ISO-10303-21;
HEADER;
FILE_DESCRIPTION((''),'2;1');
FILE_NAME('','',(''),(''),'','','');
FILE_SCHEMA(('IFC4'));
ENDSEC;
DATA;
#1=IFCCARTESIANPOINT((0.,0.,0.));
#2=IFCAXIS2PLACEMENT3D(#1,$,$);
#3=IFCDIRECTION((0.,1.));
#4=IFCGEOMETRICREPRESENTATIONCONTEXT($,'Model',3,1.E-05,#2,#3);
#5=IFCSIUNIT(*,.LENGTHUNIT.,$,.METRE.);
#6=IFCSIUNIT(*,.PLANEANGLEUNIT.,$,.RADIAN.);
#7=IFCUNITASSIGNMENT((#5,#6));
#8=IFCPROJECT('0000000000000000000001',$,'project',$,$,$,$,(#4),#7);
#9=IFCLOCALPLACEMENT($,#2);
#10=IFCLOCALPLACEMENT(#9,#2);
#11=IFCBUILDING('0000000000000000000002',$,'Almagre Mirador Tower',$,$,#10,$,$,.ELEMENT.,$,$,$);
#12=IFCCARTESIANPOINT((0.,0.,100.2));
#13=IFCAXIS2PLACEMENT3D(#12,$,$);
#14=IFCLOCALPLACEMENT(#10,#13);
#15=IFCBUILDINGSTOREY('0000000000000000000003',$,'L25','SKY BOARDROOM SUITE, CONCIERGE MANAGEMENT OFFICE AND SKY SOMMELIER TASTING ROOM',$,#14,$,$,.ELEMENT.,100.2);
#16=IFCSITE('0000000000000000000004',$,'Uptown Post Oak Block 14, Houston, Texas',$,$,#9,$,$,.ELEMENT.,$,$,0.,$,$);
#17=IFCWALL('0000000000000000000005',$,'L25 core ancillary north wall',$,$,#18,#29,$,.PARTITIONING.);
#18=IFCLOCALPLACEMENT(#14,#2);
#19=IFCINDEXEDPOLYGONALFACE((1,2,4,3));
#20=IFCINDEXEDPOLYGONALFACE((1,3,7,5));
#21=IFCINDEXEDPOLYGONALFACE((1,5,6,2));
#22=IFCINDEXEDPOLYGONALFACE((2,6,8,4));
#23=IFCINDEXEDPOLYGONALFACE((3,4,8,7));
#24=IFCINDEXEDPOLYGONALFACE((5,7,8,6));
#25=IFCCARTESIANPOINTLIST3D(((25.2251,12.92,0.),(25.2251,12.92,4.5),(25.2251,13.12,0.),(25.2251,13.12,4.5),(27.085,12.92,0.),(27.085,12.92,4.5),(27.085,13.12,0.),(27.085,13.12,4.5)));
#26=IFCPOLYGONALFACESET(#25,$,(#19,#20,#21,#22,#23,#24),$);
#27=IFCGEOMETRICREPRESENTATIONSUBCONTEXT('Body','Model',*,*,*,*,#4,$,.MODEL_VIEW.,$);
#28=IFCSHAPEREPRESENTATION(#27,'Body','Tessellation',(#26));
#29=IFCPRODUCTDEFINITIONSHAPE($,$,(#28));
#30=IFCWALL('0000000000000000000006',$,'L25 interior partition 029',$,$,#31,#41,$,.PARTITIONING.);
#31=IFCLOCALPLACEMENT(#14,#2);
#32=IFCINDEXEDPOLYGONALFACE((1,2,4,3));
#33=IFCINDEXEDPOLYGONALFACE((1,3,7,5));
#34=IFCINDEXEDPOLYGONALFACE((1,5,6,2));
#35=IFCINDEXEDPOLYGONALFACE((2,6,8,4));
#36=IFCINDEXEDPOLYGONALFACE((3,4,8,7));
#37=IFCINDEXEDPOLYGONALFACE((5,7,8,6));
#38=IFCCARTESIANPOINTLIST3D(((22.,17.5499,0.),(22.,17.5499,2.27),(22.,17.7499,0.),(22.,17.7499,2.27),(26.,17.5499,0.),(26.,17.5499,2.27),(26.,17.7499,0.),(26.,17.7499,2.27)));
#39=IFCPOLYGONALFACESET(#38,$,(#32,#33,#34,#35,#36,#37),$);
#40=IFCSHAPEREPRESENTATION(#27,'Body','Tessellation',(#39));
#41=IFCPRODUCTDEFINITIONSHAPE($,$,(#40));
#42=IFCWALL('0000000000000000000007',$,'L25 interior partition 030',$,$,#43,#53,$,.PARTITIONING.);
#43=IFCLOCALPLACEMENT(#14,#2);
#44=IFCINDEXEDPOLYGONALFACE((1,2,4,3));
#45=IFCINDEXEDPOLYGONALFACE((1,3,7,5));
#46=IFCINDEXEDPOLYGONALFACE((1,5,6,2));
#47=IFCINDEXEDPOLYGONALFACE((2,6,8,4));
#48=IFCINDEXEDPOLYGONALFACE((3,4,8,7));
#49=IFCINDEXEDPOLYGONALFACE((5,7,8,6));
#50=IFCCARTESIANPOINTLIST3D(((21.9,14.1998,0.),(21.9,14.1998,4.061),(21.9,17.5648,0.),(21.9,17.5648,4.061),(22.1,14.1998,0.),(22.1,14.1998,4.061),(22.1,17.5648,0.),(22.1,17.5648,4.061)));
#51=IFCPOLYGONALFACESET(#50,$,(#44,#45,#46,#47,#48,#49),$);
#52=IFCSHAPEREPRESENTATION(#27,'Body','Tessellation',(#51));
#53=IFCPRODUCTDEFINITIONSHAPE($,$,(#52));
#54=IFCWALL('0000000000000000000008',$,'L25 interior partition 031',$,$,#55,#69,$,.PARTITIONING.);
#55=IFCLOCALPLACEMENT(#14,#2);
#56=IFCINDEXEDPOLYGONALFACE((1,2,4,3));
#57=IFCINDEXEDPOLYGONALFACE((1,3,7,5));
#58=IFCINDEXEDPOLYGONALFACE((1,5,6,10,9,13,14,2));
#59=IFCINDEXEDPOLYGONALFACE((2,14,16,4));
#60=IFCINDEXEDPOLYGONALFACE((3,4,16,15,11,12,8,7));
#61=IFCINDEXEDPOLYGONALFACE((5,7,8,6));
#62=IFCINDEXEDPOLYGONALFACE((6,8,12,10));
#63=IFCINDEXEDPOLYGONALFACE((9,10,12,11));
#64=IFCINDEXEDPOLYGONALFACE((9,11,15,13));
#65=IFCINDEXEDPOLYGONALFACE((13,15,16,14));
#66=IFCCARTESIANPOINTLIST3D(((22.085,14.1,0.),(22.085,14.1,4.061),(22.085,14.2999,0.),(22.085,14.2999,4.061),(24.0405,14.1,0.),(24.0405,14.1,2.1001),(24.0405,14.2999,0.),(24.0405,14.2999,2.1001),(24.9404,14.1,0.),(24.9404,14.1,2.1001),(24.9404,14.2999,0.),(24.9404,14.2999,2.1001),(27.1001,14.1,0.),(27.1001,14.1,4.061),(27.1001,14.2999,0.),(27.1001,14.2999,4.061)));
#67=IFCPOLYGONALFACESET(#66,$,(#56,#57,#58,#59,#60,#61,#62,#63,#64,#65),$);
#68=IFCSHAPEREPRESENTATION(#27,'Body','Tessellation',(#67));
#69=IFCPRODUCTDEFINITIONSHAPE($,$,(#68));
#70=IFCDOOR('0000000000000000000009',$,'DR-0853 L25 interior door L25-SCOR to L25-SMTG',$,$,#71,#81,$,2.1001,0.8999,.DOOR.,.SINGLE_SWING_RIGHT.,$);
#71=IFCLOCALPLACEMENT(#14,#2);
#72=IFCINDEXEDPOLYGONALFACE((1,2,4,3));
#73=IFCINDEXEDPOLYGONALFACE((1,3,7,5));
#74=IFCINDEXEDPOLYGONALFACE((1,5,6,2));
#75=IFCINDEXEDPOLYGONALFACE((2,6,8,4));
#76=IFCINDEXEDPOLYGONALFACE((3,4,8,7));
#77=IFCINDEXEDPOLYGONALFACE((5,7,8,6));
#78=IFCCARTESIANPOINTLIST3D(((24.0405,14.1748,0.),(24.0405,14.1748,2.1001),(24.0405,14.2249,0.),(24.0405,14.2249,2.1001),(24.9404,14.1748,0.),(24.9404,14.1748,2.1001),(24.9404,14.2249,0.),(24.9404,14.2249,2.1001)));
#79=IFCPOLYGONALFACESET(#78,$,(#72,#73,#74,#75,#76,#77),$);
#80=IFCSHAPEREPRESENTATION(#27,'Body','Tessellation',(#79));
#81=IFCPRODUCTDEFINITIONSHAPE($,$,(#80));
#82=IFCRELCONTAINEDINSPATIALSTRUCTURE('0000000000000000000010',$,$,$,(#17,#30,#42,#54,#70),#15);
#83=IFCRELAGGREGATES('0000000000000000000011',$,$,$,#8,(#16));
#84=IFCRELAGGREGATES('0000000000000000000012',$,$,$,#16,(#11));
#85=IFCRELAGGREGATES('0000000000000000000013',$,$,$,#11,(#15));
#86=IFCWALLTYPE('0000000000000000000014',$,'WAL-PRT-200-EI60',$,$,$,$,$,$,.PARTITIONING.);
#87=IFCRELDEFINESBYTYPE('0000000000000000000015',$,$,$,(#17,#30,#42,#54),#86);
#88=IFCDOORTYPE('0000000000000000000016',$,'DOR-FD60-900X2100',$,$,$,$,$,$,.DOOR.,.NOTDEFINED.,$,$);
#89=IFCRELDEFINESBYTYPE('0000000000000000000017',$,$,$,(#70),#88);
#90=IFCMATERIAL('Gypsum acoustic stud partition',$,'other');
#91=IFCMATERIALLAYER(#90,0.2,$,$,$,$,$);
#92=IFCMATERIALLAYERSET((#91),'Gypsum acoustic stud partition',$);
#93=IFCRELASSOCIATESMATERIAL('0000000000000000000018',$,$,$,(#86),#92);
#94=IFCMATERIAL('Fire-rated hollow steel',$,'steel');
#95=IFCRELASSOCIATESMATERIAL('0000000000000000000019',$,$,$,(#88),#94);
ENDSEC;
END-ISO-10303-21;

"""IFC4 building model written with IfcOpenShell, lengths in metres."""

from ifc_helpers import new_model, si_unit, direction, frame, frame_2d, origin, place, context, subcontext, project, spatial, rectangle, extrude, material, layer, layer_set, type_object, element, fill, save


model = new_model("IFC4")

# Units and contexts
model_context = context("Model", 3, precision=1e-05, world=origin(), true_north=direction((0.0, 1.0)))
body_context = subcontext(model_context, "Body", "Model", "MODEL_VIEW")
ifc_project = project(units=[si_unit("LENGTHUNIT", "METRE"), si_unit("PLANEANGLEUNIT", "RADIAN")], contexts=[model_context])

# Site, building, storey
site_placement = place(None, origin())
site = spatial("IfcSite", under=ifc_project, at=site_placement, Name="Uptown Post Oak Block 14, Houston, Texas", CompositionType="ELEMENT", RefElevation=0.0)
building_placement = place(site_placement, origin())
building = spatial("IfcBuilding", under=site, at=building_placement, Name="Almagre Mirador Tower", CompositionType="ELEMENT")
storey_placement = place(building_placement, frame((0.0, 0.0, 100.2)))
storey = spatial("IfcBuildingStorey", under=building, at=storey_placement, Name="L25", Description="SKY BOARDROOM SUITE, CONCIERGE MANAGEMENT OFFICE AND SKY SOMMELIER TASTING ROOM", CompositionType="ELEMENT", Elevation=100.2)

# Walls
ifc_material_1 = material(Name="Gypsum acoustic stud partition", Category="other")
ifc_layer_1 = layer(ifc_material_1, 0.2)
ifc_layer_set_1 = layer_set([ifc_layer_1], Name="Gypsum acoustic stud partition")
wall_type_1 = type_object("IfcWallType", Name="WAL-PRT-200-EI60", PredefinedType="PARTITIONING", material=ifc_layer_set_1)
wall_1_placement = place(storey_placement, frame((25.2251, 13.02, 0.0), z_axis=(0.0, 0.0, 1.0), x_axis=(1.0, 0.0, 0.0)))
element("IfcWall", 1, at=wall_1_placement, inside=storey, type_object=wall_type_1, Name="L25 core ancillary north wall", PredefinedType="PARTITIONING", context=body_context, shape_type="SweptSolid", body=[
    extrude(rectangle(XDim=1.8599, YDim=0.2, at=frame_2d((0.9299, 0.0))), origin(), (0.0, 0.0, 1.0), 4.5),
])
wall_2_placement = place(storey_placement, frame((26.0, 17.6499, 0.0), z_axis=(0.0, 0.0, 1.0), x_axis=(-1.0, 0.0, 0.0)))
element("IfcWall", 2, at=wall_2_placement, inside=storey, type_object=wall_type_1, Name="L25 interior partition 029", PredefinedType="PARTITIONING", context=body_context, shape_type="SweptSolid", body=[
    extrude(rectangle(XDim=4.0, YDim=0.2, at=frame_2d((2.0, 0.0))), origin(), (0.0, 0.0, 1.0), 2.27),
])
wall_3_placement = place(storey_placement, frame((22.0, 17.5649, 0.0), z_axis=(0.0, 0.0, 1.0), x_axis=(0.0, -1.0, 0.0)))
element("IfcWall", 3, at=wall_3_placement, inside=storey, type_object=wall_type_1, Name="L25 interior partition 030", PredefinedType="PARTITIONING", context=body_context, shape_type="SweptSolid", body=[
    extrude(rectangle(XDim=3.365, YDim=0.2, at=frame_2d((1.6826, 0.0))), origin(), (0.0, 0.0, 1.0), 4.061),
])

# Wall, opening, door
wall_4_placement = place(storey_placement, frame((22.085, 14.2, 0.0), z_axis=(0.0, 0.0, 1.0), x_axis=(1.0, 0.0, 0.0)))
wall_4 = element("IfcWall", 4, at=wall_4_placement, inside=storey, type_object=wall_type_1, Name="L25 interior partition 031", PredefinedType="PARTITIONING", context=body_context, shape_type="SweptSolid", body=[
    extrude(rectangle(XDim=5.0151, YDim=0.2, at=frame_2d((2.5076, 0.0))), origin(), (0.0, 0.0, 1.0), 4.061),
])
opening_1_placement = place(wall_4_placement, frame((1.9556, 0.0, 0.0)))
opening_1 = element("IfcOpeningElement", 5, at=opening_1_placement, cuts=wall_4, PredefinedType="OPENING", context=body_context, shape_type="SweptSolid", body=[
    extrude(rectangle(XDim=0.8999, YDim=2.1001, at=frame_2d((0.45, 1.05))), frame((0.0, 0.1101, 0.0), z_axis=(0.0, -1.0, 0.0), x_axis=(1.0, 0.0, 0.0)), (0.0, 0.0, 1.0), 0.22),
])
ifc_material_2 = material(Name="Fire-rated hollow steel", Category="steel")
door_type = type_object("IfcDoorType", Name="DOR-FD60-900X2100", OperationType="NOTDEFINED", PredefinedType="DOOR", material=ifc_material_2)
door_placement = place(opening_1_placement, origin())
door = element("IfcDoor", 6, at=door_placement, inside=storey, type_object=door_type, Name="DR-0853 L25 interior door L25-SCOR to L25-SMTG", OperationType="SINGLE_SWING_RIGHT", OverallHeight=2.1001, OverallWidth=0.8999, PredefinedType="DOOR", context=body_context, shape_type="SweptSolid", body=[
    extrude(rectangle(XDim=0.8999, YDim=2.1001, at=frame_2d((0.45, 1.05))), frame((0.0, 0.0249, 0.0), z_axis=(0.0, -1.0, 0.0), x_axis=(1.0, 0.0, 0.0)), (0.0, 0.0, 1.0), 0.05),
])
fill(opening_1, door)

save(model, "model.ifc")
